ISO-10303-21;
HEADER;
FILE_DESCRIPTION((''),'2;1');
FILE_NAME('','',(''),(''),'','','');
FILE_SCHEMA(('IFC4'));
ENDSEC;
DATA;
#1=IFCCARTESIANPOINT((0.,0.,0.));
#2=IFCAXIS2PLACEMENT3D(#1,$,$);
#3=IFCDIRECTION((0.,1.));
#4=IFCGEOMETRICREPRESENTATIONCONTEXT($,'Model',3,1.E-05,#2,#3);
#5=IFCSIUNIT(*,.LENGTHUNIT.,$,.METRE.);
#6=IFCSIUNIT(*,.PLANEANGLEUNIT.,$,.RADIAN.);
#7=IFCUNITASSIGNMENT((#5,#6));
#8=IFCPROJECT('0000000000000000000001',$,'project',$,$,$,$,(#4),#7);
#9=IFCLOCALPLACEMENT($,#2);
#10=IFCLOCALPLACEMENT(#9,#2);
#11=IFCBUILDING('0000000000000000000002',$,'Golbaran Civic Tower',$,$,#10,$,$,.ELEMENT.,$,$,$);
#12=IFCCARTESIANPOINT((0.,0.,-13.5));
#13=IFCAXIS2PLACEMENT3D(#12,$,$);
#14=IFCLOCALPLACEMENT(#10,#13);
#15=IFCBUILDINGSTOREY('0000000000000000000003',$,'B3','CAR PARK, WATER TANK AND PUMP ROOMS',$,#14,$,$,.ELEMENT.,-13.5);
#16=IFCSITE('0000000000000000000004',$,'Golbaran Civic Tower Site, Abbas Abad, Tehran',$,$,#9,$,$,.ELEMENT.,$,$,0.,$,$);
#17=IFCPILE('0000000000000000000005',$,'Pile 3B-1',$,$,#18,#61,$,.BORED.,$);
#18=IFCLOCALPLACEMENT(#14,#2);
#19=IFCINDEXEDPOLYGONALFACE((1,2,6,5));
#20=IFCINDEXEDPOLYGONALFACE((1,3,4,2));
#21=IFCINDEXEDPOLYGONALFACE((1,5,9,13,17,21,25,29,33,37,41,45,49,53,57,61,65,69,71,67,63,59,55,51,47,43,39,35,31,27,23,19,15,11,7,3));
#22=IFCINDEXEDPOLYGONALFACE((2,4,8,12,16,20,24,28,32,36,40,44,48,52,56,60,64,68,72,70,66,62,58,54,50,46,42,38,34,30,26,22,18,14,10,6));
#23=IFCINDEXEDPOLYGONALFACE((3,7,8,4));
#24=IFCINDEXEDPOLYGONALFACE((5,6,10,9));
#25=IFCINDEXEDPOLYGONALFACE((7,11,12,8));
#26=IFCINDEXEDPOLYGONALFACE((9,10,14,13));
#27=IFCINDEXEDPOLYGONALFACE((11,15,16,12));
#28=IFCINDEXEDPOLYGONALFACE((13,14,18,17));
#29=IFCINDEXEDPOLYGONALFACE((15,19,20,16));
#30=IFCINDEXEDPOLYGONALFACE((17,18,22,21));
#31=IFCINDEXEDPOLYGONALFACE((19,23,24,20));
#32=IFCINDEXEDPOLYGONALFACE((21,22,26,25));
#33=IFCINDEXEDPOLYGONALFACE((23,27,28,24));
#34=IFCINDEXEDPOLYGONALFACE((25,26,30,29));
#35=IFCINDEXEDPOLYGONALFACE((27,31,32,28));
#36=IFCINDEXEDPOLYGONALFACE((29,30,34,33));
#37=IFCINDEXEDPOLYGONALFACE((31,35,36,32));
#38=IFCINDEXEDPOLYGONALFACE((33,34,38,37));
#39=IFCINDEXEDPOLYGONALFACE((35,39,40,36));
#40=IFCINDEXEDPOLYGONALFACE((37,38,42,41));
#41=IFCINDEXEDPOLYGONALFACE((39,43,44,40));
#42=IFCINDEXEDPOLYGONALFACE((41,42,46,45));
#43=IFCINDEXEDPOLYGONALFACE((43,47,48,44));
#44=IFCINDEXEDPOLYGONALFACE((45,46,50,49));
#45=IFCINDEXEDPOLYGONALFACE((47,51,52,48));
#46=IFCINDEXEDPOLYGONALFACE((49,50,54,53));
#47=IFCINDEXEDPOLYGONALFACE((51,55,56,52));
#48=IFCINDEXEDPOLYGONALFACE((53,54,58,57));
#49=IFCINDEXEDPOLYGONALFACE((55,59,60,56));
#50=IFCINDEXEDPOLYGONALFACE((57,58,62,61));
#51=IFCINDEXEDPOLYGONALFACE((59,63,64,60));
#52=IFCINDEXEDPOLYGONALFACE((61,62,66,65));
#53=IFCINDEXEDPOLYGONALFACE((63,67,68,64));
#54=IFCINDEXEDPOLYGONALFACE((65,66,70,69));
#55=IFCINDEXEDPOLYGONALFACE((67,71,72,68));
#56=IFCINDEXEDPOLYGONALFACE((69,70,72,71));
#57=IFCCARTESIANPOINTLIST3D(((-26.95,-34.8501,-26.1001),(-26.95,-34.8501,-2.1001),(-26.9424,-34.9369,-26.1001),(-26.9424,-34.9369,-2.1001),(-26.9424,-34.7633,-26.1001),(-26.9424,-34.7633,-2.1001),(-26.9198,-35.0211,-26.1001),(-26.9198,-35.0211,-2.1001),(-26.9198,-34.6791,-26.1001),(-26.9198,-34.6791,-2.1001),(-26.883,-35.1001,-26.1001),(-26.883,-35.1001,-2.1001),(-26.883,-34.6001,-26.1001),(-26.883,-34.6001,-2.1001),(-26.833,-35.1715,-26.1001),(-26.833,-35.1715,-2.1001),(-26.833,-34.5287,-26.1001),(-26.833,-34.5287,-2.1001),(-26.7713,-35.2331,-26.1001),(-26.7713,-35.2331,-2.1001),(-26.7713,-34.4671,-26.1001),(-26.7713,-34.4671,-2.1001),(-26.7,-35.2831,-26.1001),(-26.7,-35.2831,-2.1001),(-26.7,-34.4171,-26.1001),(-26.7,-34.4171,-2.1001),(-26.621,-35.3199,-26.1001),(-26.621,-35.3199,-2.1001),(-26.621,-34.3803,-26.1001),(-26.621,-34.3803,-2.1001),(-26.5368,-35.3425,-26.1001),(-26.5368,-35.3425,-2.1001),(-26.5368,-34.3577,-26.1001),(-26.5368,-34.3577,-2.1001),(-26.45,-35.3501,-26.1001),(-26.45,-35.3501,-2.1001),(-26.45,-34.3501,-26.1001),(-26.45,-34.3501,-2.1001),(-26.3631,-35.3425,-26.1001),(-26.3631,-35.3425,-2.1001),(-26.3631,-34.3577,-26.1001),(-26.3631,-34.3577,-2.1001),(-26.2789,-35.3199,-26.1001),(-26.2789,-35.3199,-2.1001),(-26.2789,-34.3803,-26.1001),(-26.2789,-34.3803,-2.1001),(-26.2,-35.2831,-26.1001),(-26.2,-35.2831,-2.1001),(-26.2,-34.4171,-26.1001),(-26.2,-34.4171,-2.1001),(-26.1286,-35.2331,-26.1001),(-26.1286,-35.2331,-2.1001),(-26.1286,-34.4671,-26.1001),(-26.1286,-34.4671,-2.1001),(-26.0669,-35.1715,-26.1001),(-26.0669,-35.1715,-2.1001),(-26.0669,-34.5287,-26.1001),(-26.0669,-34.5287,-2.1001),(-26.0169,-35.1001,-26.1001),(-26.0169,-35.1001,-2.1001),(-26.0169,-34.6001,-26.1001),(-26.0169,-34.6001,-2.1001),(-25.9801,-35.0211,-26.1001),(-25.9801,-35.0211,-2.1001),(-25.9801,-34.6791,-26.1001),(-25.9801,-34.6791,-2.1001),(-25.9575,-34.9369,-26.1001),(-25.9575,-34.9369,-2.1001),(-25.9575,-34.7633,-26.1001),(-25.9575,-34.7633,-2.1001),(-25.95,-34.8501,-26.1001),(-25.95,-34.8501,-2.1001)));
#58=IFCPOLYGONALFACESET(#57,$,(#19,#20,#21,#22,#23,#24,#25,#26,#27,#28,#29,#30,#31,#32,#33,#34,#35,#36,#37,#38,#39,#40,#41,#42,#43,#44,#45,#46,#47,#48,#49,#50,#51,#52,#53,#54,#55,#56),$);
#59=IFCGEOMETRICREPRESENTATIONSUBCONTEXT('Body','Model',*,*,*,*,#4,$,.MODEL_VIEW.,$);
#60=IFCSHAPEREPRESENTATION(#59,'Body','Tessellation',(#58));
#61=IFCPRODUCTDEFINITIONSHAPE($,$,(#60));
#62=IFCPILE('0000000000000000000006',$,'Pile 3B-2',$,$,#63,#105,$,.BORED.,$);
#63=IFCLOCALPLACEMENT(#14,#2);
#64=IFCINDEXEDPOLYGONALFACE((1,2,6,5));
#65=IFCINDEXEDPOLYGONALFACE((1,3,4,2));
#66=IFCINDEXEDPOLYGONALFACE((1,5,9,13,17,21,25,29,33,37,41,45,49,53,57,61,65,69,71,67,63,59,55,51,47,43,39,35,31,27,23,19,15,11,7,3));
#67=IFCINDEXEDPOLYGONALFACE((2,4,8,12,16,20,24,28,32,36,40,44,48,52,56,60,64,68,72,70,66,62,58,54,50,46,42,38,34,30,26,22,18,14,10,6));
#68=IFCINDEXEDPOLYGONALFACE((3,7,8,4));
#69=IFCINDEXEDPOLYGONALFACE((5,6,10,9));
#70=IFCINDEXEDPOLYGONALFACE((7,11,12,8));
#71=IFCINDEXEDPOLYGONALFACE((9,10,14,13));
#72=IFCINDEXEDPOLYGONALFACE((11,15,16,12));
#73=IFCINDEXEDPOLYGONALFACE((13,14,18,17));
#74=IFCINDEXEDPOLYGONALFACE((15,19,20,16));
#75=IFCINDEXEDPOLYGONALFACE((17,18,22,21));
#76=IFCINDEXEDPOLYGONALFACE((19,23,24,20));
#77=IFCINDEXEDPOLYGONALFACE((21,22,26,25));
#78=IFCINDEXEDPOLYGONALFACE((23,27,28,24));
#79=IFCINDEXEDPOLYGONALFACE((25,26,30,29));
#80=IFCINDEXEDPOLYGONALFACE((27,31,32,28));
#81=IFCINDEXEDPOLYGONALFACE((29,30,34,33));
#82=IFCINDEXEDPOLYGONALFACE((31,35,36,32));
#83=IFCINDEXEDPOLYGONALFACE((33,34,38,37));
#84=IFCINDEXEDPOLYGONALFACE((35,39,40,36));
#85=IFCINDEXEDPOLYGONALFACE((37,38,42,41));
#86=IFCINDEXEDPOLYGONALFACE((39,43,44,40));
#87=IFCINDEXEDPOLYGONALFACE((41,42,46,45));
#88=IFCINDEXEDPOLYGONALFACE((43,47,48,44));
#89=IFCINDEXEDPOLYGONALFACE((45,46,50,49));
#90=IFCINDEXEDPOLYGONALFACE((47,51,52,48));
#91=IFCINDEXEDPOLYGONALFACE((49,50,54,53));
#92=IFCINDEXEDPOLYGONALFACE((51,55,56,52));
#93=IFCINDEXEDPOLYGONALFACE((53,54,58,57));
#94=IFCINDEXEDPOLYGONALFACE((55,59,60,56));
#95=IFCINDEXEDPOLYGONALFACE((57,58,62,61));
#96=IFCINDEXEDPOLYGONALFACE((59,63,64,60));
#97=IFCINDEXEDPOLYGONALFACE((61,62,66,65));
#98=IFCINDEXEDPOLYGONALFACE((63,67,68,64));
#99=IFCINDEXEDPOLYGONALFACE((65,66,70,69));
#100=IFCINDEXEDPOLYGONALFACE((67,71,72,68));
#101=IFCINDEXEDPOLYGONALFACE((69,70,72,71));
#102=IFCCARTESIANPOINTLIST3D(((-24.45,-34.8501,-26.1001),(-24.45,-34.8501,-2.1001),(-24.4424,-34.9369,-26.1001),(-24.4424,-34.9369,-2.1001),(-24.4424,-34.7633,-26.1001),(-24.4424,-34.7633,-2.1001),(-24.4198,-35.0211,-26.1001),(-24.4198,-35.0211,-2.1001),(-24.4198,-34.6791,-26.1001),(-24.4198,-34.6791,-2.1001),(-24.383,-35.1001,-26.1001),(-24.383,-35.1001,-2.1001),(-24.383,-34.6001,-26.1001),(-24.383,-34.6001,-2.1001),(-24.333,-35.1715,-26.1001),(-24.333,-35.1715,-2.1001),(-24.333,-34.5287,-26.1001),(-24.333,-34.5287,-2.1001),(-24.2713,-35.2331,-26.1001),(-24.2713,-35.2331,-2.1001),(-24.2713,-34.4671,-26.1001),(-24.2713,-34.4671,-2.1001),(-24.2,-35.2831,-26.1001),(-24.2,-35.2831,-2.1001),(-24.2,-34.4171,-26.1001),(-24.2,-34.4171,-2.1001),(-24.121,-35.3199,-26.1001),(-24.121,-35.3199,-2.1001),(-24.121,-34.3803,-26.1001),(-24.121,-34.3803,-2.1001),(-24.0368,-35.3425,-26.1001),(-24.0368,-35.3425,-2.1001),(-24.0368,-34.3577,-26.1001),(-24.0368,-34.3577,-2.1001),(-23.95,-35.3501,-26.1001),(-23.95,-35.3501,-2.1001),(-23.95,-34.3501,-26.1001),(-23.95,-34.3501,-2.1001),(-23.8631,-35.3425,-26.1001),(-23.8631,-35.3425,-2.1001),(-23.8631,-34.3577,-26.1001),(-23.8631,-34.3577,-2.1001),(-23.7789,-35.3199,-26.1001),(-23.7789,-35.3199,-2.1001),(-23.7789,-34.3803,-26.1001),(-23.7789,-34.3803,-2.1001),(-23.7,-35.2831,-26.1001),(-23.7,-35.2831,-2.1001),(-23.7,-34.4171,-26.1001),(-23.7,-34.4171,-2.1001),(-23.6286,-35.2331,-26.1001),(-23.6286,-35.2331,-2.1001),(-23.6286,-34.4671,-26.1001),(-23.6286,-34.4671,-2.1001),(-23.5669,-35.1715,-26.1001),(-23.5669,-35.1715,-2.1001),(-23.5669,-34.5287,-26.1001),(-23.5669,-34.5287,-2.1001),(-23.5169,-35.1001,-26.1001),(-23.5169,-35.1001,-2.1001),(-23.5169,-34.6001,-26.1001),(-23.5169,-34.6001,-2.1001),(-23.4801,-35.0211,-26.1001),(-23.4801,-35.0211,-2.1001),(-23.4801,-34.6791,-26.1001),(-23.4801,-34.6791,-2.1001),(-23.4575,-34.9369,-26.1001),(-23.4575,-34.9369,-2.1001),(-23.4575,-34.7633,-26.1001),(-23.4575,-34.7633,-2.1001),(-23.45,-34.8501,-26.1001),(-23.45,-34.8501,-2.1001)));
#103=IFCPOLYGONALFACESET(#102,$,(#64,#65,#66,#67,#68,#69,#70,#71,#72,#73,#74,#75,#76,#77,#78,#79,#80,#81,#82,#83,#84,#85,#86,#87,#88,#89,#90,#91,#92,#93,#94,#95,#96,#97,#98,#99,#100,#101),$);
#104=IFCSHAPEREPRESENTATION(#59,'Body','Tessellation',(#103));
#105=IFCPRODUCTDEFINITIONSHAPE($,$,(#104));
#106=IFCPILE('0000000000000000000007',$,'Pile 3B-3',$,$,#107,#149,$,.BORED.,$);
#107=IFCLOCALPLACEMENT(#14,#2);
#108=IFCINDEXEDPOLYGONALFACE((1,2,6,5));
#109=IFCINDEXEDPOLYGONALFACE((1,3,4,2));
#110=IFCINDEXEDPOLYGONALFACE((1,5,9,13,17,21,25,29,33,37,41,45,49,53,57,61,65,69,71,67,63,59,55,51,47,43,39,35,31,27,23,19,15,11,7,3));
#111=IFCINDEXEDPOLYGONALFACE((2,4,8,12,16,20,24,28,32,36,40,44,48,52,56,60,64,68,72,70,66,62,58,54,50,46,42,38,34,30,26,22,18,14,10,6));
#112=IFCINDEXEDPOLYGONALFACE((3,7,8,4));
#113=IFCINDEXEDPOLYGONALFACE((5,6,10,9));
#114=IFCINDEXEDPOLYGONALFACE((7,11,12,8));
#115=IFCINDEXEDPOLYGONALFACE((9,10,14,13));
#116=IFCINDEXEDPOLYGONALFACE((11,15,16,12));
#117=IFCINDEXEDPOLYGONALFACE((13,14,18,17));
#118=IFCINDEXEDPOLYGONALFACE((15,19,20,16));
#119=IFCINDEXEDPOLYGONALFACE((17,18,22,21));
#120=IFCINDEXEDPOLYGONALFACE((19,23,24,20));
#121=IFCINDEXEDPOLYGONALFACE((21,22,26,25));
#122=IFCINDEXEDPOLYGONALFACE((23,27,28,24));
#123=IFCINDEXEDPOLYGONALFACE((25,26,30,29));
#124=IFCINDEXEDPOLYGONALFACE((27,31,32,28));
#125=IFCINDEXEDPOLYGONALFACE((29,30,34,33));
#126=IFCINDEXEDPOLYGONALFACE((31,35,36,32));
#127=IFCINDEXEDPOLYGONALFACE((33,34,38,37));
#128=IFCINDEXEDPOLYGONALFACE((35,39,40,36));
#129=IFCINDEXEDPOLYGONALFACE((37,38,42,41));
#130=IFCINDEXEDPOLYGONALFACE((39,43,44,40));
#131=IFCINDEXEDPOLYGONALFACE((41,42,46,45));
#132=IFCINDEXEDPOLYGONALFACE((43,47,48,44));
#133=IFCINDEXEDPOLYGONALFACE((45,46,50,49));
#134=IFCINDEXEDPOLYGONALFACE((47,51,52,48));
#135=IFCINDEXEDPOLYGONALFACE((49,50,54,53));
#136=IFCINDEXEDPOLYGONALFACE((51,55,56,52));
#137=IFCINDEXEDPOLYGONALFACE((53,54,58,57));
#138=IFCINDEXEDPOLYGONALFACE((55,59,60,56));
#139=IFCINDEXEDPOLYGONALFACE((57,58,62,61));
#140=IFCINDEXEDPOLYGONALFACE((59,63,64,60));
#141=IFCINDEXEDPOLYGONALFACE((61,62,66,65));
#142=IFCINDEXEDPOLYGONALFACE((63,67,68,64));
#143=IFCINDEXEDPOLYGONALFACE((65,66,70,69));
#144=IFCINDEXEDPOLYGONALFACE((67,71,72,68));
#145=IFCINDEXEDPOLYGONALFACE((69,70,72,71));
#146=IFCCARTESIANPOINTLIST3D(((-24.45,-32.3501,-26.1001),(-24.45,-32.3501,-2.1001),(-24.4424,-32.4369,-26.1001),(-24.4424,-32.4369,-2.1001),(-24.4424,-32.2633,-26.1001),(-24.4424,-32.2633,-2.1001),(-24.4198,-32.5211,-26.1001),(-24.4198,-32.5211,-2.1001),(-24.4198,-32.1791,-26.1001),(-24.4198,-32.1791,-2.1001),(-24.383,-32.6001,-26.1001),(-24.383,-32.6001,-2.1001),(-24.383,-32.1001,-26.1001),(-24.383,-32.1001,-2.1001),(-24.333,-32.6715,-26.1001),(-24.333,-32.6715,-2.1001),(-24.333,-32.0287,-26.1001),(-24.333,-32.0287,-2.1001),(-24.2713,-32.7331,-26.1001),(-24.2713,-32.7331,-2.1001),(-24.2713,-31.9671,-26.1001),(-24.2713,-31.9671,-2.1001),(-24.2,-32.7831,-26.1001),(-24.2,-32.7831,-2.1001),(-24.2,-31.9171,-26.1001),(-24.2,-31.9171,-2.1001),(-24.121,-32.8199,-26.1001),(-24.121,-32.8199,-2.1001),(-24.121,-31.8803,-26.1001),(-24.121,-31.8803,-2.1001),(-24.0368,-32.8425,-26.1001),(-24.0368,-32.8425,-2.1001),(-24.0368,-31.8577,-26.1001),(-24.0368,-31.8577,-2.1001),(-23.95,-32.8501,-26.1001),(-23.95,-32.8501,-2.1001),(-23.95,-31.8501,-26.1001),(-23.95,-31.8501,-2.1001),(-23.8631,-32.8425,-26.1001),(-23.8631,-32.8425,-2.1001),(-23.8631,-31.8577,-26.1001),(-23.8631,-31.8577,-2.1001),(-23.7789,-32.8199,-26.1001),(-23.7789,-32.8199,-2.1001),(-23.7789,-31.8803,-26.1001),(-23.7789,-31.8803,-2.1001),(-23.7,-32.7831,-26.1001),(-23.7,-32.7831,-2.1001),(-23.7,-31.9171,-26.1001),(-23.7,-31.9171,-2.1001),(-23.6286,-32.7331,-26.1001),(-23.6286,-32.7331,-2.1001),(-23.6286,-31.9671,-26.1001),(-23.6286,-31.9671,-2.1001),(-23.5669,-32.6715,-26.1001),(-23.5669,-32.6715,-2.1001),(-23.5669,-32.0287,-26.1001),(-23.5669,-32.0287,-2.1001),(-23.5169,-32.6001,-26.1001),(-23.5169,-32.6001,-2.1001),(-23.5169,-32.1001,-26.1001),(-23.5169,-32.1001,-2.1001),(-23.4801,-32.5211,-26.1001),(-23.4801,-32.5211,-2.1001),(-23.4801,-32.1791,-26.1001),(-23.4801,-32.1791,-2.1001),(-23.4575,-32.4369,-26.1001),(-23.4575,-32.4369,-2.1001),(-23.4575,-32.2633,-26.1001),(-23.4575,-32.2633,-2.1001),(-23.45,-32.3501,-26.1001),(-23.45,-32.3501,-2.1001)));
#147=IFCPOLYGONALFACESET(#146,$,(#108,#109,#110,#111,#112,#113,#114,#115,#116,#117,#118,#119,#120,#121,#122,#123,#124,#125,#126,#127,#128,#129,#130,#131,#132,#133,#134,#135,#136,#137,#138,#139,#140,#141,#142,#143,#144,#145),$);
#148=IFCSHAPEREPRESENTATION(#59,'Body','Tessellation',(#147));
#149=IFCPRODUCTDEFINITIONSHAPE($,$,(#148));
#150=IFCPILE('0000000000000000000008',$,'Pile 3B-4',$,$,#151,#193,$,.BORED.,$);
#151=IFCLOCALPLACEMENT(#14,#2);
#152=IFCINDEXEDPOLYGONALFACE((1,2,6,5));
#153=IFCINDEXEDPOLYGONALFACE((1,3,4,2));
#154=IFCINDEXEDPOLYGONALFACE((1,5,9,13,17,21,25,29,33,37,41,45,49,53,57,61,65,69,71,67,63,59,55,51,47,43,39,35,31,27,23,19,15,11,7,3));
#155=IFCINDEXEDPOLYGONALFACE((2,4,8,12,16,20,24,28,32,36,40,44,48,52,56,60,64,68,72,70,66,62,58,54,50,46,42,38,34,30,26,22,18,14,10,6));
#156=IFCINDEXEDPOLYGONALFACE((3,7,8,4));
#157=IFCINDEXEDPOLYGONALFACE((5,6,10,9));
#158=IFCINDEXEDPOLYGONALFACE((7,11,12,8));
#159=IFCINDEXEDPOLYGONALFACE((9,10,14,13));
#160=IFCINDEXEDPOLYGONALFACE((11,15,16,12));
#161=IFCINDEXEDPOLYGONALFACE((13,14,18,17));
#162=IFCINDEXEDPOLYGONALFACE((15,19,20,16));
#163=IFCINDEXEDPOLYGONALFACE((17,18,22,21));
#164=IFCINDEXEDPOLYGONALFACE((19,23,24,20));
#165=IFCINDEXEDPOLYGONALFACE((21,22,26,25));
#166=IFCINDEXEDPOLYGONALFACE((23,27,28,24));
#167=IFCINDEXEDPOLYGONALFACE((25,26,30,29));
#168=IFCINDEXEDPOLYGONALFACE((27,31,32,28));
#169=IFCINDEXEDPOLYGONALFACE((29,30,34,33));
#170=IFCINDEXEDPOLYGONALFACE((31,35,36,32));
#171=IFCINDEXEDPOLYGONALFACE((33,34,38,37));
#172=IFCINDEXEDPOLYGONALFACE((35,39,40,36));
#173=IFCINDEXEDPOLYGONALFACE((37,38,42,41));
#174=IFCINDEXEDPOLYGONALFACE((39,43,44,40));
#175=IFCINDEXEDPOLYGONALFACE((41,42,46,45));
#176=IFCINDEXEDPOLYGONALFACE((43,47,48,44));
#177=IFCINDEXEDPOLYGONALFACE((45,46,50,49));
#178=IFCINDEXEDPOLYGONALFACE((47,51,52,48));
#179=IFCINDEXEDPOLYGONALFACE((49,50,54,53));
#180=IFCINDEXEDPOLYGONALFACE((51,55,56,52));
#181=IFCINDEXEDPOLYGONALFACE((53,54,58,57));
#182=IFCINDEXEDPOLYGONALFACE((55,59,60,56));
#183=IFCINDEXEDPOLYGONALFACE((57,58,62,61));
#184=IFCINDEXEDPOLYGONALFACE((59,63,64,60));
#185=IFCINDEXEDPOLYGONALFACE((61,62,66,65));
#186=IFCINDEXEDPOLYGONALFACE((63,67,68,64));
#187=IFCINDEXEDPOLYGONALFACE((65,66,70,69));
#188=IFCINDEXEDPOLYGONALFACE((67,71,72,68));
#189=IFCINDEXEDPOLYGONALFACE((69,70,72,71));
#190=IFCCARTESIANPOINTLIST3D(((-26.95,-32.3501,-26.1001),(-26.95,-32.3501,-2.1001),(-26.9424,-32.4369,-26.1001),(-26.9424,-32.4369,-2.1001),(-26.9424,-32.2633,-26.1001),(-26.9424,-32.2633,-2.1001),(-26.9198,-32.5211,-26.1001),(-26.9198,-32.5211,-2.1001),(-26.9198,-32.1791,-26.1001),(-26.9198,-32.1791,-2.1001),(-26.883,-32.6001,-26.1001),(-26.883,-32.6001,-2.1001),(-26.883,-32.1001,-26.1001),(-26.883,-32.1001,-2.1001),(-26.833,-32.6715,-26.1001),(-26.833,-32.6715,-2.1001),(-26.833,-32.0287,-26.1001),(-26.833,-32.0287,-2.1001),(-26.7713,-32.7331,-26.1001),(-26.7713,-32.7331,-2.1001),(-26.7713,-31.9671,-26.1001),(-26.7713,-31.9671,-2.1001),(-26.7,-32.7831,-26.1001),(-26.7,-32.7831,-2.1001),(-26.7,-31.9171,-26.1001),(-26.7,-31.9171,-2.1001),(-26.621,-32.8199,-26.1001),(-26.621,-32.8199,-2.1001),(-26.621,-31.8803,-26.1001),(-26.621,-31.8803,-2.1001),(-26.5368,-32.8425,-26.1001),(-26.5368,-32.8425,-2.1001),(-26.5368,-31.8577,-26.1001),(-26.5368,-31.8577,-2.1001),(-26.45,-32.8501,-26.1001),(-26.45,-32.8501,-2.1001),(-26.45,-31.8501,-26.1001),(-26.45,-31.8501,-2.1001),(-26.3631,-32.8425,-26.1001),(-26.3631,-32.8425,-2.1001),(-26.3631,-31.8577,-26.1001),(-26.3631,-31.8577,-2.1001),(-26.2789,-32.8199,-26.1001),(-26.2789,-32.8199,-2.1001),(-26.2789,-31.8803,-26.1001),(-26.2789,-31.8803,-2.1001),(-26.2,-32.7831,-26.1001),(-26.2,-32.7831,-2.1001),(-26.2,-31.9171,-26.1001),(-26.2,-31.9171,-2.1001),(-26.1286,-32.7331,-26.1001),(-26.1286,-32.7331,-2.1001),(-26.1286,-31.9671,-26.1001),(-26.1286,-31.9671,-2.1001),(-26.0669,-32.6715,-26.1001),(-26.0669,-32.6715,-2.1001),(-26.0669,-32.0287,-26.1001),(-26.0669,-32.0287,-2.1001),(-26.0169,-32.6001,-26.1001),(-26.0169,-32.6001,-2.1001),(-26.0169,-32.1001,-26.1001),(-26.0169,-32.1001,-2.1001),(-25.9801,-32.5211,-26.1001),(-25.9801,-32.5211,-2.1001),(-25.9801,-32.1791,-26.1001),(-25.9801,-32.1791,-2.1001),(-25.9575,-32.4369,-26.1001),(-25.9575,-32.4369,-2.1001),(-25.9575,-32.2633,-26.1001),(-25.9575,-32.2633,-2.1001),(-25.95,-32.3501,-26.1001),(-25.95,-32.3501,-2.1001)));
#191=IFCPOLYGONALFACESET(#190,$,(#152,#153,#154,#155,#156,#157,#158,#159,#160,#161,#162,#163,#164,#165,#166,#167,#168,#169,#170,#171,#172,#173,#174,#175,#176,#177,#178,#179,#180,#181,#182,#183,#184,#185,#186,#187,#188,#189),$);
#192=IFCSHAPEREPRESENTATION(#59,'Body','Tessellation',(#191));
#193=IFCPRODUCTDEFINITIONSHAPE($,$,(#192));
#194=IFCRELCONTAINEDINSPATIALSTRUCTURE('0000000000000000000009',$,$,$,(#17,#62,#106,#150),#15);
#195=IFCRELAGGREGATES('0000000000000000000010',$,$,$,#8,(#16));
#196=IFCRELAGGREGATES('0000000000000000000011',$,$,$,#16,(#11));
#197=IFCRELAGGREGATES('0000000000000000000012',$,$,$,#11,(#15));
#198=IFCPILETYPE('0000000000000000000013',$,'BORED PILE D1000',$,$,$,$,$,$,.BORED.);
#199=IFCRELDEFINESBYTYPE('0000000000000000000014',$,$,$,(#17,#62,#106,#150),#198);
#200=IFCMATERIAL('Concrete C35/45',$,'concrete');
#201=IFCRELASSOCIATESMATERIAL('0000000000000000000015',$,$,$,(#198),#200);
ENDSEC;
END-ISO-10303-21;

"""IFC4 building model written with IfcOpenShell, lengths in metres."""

from ifc_helpers import new_model, si_unit, direction, frame, origin, origin_2d, place, context, subcontext, project, spatial, circle, extrude, material, material_profile, profile_set, type_object, element, save


model = new_model("IFC4")

# Units and contexts
model_context = context("Model", 3, precision=1e-05, world=origin(), true_north=direction((0.0, 1.0)))
body_context = subcontext(model_context, "Body", "Model", "MODEL_VIEW")
ifc_project = project(units=[si_unit("LENGTHUNIT", "METRE"), si_unit("PLANEANGLEUNIT", "RADIAN")], contexts=[model_context])

# Site, building, storey
site_placement = place(None, origin())
site = spatial("IfcSite", under=ifc_project, at=site_placement, Name="Golbaran Civic Tower Site, Abbas Abad, Tehran", CompositionType="ELEMENT", RefElevation=0.0)
building_placement = place(site_placement, origin())
building = spatial("IfcBuilding", under=site, at=building_placement, Name="Golbaran Civic Tower", CompositionType="ELEMENT")
storey_placement = place(building_placement, frame((0.0, 0.0, -13.5)))
storey = spatial("IfcBuildingStorey", under=building, at=storey_placement, Name="B3", Description="CAR PARK, WATER TANK AND PUMP ROOMS", CompositionType="ELEMENT", Elevation=-13.5)

# Piles
ifc_material_1 = material(Name="Concrete C35/45", Category="concrete")
ifc_material_profile_1 = material_profile(ifc_material_1, circle(Radius=0.5, at=origin_2d()), Name="BORED PILE D1000")
ifc_profile_set_1 = profile_set([ifc_material_profile_1], Name="Concrete C35/45")
pile_type_1 = type_object("IfcPileType", Name="BORED PILE D1000", PredefinedType="BORED", material=ifc_profile_set_1)
for number, where, z_axis, x_axis, name in (
    (1, (-26.45, -34.8501, -2.1001), (0.0, 0.0, -1.0), (1.0, 0.0, 0.0), "Pile 3B-1"),
    (2, (-23.95, -34.8501, -2.1001), (0.0, 0.0, -1.0), (1.0, 0.0, 0.0), "Pile 3B-2"),
    (3, (-23.95, -32.3501, -2.1001), (0.0, 0.0, -1.0), (1.0, 0.0, 0.0), "Pile 3B-3"),
    (4, (-26.45, -32.3501, -2.1001), (0.0, 0.0, -1.0), (1.0, 0.0, 0.0), "Pile 3B-4"),
):
    element("IfcPile", number, at=place(storey_placement, frame(where, z_axis=z_axis, x_axis=x_axis)), inside=storey, type_object=pile_type_1, Name=name, PredefinedType="BORED", context=body_context, shape_type="SweptSolid", body=[
        extrude(circle(Radius=0.5, at=origin_2d()), origin(), (0.0, 0.0, 1.0), 24.0),
    ])

save(model, "model.ifc")
